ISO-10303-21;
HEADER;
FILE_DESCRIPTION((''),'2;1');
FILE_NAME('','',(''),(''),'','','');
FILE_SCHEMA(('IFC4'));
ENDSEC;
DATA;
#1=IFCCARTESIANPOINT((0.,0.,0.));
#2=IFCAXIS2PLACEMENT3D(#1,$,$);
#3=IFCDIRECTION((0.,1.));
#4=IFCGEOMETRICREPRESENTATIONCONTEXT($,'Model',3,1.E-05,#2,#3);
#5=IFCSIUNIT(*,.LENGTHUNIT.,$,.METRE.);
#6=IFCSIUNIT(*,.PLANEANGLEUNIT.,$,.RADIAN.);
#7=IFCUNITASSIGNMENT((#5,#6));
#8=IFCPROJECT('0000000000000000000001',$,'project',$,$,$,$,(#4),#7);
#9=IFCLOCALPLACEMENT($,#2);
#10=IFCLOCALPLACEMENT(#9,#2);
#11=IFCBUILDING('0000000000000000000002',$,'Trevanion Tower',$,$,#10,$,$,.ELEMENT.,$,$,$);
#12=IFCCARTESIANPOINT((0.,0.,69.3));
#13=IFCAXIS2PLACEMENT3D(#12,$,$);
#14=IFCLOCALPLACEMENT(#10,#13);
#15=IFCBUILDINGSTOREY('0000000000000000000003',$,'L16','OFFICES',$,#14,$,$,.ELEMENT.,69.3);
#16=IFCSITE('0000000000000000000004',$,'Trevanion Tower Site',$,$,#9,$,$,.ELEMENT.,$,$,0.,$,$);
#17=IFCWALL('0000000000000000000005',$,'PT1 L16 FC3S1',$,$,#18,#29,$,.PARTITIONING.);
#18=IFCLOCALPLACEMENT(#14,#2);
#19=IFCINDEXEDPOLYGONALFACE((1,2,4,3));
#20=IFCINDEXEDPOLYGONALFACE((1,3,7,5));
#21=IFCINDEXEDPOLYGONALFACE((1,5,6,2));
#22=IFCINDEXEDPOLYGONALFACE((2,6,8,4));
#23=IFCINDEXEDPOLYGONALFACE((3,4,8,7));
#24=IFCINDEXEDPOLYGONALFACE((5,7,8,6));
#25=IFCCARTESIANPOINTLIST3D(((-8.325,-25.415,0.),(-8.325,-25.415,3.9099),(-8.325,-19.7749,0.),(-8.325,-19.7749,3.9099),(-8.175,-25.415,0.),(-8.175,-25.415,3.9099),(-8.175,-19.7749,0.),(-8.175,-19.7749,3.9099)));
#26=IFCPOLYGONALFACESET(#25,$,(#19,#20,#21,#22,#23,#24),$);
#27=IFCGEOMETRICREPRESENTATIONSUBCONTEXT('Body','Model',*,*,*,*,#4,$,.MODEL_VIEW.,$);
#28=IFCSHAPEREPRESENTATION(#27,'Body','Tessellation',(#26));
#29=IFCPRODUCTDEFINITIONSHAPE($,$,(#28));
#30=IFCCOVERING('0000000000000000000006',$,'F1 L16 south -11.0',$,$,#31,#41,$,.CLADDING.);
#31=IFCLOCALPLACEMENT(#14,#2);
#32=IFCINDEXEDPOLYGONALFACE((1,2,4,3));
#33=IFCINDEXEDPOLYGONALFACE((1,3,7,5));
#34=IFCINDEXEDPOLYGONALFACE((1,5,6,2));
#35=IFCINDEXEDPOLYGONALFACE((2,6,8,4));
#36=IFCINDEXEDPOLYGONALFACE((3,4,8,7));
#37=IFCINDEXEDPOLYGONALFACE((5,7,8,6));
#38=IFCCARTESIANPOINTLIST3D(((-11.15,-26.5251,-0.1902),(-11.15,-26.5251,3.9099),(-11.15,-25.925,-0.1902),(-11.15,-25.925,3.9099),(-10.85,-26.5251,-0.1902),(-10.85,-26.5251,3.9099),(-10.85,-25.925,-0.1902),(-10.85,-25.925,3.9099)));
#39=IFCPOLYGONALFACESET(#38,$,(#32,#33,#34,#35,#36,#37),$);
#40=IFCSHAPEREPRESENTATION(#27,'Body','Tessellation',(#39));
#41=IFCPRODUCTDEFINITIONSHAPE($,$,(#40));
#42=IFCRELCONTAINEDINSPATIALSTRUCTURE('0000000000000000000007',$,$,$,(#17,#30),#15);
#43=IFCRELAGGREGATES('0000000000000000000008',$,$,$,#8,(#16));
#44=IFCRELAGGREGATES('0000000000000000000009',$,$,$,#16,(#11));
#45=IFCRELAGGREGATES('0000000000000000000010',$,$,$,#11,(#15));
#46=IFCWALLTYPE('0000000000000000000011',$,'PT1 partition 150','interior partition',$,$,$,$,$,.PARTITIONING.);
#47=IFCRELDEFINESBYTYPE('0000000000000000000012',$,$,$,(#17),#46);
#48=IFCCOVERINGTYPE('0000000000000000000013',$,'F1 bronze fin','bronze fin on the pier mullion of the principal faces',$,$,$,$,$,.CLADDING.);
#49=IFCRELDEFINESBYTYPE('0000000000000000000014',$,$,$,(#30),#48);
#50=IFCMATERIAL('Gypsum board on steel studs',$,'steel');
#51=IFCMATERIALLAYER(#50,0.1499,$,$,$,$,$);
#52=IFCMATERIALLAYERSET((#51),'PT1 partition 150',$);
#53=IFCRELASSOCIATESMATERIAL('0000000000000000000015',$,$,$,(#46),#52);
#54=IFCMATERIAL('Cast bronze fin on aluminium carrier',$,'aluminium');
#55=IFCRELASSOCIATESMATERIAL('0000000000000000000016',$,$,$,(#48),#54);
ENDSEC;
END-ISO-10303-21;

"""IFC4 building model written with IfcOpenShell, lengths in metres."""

from ifc_helpers import new_model, si_unit, direction, frame, frame_2d, origin, origin_2d, place, context, subcontext, project, spatial, rectangle, extrude, material, layer, layer_set, type_object, element, save


model = new_model("IFC4")

# Units and contexts
model_context = context("Model", 3, precision=1e-05, world=origin(), true_north=direction((0.0, 1.0)))
body_context = subcontext(model_context, "Body", "Model", "MODEL_VIEW")
ifc_project = project(units=[si_unit("LENGTHUNIT", "METRE"), si_unit("PLANEANGLEUNIT", "RADIAN")], contexts=[model_context])

# Site, building, storey
site_placement = place(None, origin())
site = spatial("IfcSite", under=ifc_project, at=site_placement, Name="Trevanion Tower Site", CompositionType="ELEMENT", RefElevation=0.0)
building_placement = place(site_placement, origin())
building = spatial("IfcBuilding", under=site, at=building_placement, Name="Trevanion Tower", CompositionType="ELEMENT")
storey_placement = place(building_placement, frame((0.0, 0.0, 69.3)))
storey = spatial("IfcBuildingStorey", under=building, at=storey_placement, Name="L16", Description="OFFICES", CompositionType="ELEMENT", Elevation=69.3)

# Shared definitions
ifc_material_1 = material(Name="Gypsum board on steel studs", Category="steel")
ifc_layer_1 = layer(ifc_material_1, 0.1499)
ifc_layer_set_1 = layer_set([ifc_layer_1], Name="PT1 partition 150")
wall_type = type_object("IfcWallType", Name="PT1 partition 150", Description="interior partition", PredefinedType="PARTITIONING", material=ifc_layer_set_1)

# Wall
wall_1_placement = place(storey_placement, frame((-8.25, -19.7749, 0.0), z_axis=(0.0, 0.0, 1.0), x_axis=(0.0, -1.0, 0.0)))
element("IfcWall", 1, at=wall_1_placement, inside=storey, type_object=wall_type, Name="PT1 L16 FC3S1", PredefinedType="PARTITIONING", context=body_context, shape_type="SweptSolid", body=[
    extrude(rectangle(XDim=5.6401, YDim=0.1499, at=frame_2d((2.8201, 0.0))), origin(), (0.0, 0.0, 1.0), 3.9099),
])

# Covering
ifc_material_2 = material(Name="Cast bronze fin on aluminium carrier", Category="aluminium")
covering_type = type_object("IfcCoveringType", Name="F1 bronze fin", Description="bronze fin on the pier mullion of the principal faces", PredefinedType="CLADDING", material=ifc_material_2)
covering_placement = place(storey_placement, frame((-11.0, -26.2251, -0.1902), z_axis=(0.0, 0.0, 1.0), x_axis=(1.0, 0.0, 0.0)))
element("IfcCovering", 2, at=covering_placement, inside=storey, type_object=covering_type, Name="F1 L16 south -11.0", PredefinedType="CLADDING", context=body_context, shape_type="SweptSolid", body=[
    extrude(rectangle(XDim=0.3, YDim=0.6001, at=origin_2d()), origin(), (0.0, 0.0, 1.0), 4.1001),
])

save(model, "model.ifc")
